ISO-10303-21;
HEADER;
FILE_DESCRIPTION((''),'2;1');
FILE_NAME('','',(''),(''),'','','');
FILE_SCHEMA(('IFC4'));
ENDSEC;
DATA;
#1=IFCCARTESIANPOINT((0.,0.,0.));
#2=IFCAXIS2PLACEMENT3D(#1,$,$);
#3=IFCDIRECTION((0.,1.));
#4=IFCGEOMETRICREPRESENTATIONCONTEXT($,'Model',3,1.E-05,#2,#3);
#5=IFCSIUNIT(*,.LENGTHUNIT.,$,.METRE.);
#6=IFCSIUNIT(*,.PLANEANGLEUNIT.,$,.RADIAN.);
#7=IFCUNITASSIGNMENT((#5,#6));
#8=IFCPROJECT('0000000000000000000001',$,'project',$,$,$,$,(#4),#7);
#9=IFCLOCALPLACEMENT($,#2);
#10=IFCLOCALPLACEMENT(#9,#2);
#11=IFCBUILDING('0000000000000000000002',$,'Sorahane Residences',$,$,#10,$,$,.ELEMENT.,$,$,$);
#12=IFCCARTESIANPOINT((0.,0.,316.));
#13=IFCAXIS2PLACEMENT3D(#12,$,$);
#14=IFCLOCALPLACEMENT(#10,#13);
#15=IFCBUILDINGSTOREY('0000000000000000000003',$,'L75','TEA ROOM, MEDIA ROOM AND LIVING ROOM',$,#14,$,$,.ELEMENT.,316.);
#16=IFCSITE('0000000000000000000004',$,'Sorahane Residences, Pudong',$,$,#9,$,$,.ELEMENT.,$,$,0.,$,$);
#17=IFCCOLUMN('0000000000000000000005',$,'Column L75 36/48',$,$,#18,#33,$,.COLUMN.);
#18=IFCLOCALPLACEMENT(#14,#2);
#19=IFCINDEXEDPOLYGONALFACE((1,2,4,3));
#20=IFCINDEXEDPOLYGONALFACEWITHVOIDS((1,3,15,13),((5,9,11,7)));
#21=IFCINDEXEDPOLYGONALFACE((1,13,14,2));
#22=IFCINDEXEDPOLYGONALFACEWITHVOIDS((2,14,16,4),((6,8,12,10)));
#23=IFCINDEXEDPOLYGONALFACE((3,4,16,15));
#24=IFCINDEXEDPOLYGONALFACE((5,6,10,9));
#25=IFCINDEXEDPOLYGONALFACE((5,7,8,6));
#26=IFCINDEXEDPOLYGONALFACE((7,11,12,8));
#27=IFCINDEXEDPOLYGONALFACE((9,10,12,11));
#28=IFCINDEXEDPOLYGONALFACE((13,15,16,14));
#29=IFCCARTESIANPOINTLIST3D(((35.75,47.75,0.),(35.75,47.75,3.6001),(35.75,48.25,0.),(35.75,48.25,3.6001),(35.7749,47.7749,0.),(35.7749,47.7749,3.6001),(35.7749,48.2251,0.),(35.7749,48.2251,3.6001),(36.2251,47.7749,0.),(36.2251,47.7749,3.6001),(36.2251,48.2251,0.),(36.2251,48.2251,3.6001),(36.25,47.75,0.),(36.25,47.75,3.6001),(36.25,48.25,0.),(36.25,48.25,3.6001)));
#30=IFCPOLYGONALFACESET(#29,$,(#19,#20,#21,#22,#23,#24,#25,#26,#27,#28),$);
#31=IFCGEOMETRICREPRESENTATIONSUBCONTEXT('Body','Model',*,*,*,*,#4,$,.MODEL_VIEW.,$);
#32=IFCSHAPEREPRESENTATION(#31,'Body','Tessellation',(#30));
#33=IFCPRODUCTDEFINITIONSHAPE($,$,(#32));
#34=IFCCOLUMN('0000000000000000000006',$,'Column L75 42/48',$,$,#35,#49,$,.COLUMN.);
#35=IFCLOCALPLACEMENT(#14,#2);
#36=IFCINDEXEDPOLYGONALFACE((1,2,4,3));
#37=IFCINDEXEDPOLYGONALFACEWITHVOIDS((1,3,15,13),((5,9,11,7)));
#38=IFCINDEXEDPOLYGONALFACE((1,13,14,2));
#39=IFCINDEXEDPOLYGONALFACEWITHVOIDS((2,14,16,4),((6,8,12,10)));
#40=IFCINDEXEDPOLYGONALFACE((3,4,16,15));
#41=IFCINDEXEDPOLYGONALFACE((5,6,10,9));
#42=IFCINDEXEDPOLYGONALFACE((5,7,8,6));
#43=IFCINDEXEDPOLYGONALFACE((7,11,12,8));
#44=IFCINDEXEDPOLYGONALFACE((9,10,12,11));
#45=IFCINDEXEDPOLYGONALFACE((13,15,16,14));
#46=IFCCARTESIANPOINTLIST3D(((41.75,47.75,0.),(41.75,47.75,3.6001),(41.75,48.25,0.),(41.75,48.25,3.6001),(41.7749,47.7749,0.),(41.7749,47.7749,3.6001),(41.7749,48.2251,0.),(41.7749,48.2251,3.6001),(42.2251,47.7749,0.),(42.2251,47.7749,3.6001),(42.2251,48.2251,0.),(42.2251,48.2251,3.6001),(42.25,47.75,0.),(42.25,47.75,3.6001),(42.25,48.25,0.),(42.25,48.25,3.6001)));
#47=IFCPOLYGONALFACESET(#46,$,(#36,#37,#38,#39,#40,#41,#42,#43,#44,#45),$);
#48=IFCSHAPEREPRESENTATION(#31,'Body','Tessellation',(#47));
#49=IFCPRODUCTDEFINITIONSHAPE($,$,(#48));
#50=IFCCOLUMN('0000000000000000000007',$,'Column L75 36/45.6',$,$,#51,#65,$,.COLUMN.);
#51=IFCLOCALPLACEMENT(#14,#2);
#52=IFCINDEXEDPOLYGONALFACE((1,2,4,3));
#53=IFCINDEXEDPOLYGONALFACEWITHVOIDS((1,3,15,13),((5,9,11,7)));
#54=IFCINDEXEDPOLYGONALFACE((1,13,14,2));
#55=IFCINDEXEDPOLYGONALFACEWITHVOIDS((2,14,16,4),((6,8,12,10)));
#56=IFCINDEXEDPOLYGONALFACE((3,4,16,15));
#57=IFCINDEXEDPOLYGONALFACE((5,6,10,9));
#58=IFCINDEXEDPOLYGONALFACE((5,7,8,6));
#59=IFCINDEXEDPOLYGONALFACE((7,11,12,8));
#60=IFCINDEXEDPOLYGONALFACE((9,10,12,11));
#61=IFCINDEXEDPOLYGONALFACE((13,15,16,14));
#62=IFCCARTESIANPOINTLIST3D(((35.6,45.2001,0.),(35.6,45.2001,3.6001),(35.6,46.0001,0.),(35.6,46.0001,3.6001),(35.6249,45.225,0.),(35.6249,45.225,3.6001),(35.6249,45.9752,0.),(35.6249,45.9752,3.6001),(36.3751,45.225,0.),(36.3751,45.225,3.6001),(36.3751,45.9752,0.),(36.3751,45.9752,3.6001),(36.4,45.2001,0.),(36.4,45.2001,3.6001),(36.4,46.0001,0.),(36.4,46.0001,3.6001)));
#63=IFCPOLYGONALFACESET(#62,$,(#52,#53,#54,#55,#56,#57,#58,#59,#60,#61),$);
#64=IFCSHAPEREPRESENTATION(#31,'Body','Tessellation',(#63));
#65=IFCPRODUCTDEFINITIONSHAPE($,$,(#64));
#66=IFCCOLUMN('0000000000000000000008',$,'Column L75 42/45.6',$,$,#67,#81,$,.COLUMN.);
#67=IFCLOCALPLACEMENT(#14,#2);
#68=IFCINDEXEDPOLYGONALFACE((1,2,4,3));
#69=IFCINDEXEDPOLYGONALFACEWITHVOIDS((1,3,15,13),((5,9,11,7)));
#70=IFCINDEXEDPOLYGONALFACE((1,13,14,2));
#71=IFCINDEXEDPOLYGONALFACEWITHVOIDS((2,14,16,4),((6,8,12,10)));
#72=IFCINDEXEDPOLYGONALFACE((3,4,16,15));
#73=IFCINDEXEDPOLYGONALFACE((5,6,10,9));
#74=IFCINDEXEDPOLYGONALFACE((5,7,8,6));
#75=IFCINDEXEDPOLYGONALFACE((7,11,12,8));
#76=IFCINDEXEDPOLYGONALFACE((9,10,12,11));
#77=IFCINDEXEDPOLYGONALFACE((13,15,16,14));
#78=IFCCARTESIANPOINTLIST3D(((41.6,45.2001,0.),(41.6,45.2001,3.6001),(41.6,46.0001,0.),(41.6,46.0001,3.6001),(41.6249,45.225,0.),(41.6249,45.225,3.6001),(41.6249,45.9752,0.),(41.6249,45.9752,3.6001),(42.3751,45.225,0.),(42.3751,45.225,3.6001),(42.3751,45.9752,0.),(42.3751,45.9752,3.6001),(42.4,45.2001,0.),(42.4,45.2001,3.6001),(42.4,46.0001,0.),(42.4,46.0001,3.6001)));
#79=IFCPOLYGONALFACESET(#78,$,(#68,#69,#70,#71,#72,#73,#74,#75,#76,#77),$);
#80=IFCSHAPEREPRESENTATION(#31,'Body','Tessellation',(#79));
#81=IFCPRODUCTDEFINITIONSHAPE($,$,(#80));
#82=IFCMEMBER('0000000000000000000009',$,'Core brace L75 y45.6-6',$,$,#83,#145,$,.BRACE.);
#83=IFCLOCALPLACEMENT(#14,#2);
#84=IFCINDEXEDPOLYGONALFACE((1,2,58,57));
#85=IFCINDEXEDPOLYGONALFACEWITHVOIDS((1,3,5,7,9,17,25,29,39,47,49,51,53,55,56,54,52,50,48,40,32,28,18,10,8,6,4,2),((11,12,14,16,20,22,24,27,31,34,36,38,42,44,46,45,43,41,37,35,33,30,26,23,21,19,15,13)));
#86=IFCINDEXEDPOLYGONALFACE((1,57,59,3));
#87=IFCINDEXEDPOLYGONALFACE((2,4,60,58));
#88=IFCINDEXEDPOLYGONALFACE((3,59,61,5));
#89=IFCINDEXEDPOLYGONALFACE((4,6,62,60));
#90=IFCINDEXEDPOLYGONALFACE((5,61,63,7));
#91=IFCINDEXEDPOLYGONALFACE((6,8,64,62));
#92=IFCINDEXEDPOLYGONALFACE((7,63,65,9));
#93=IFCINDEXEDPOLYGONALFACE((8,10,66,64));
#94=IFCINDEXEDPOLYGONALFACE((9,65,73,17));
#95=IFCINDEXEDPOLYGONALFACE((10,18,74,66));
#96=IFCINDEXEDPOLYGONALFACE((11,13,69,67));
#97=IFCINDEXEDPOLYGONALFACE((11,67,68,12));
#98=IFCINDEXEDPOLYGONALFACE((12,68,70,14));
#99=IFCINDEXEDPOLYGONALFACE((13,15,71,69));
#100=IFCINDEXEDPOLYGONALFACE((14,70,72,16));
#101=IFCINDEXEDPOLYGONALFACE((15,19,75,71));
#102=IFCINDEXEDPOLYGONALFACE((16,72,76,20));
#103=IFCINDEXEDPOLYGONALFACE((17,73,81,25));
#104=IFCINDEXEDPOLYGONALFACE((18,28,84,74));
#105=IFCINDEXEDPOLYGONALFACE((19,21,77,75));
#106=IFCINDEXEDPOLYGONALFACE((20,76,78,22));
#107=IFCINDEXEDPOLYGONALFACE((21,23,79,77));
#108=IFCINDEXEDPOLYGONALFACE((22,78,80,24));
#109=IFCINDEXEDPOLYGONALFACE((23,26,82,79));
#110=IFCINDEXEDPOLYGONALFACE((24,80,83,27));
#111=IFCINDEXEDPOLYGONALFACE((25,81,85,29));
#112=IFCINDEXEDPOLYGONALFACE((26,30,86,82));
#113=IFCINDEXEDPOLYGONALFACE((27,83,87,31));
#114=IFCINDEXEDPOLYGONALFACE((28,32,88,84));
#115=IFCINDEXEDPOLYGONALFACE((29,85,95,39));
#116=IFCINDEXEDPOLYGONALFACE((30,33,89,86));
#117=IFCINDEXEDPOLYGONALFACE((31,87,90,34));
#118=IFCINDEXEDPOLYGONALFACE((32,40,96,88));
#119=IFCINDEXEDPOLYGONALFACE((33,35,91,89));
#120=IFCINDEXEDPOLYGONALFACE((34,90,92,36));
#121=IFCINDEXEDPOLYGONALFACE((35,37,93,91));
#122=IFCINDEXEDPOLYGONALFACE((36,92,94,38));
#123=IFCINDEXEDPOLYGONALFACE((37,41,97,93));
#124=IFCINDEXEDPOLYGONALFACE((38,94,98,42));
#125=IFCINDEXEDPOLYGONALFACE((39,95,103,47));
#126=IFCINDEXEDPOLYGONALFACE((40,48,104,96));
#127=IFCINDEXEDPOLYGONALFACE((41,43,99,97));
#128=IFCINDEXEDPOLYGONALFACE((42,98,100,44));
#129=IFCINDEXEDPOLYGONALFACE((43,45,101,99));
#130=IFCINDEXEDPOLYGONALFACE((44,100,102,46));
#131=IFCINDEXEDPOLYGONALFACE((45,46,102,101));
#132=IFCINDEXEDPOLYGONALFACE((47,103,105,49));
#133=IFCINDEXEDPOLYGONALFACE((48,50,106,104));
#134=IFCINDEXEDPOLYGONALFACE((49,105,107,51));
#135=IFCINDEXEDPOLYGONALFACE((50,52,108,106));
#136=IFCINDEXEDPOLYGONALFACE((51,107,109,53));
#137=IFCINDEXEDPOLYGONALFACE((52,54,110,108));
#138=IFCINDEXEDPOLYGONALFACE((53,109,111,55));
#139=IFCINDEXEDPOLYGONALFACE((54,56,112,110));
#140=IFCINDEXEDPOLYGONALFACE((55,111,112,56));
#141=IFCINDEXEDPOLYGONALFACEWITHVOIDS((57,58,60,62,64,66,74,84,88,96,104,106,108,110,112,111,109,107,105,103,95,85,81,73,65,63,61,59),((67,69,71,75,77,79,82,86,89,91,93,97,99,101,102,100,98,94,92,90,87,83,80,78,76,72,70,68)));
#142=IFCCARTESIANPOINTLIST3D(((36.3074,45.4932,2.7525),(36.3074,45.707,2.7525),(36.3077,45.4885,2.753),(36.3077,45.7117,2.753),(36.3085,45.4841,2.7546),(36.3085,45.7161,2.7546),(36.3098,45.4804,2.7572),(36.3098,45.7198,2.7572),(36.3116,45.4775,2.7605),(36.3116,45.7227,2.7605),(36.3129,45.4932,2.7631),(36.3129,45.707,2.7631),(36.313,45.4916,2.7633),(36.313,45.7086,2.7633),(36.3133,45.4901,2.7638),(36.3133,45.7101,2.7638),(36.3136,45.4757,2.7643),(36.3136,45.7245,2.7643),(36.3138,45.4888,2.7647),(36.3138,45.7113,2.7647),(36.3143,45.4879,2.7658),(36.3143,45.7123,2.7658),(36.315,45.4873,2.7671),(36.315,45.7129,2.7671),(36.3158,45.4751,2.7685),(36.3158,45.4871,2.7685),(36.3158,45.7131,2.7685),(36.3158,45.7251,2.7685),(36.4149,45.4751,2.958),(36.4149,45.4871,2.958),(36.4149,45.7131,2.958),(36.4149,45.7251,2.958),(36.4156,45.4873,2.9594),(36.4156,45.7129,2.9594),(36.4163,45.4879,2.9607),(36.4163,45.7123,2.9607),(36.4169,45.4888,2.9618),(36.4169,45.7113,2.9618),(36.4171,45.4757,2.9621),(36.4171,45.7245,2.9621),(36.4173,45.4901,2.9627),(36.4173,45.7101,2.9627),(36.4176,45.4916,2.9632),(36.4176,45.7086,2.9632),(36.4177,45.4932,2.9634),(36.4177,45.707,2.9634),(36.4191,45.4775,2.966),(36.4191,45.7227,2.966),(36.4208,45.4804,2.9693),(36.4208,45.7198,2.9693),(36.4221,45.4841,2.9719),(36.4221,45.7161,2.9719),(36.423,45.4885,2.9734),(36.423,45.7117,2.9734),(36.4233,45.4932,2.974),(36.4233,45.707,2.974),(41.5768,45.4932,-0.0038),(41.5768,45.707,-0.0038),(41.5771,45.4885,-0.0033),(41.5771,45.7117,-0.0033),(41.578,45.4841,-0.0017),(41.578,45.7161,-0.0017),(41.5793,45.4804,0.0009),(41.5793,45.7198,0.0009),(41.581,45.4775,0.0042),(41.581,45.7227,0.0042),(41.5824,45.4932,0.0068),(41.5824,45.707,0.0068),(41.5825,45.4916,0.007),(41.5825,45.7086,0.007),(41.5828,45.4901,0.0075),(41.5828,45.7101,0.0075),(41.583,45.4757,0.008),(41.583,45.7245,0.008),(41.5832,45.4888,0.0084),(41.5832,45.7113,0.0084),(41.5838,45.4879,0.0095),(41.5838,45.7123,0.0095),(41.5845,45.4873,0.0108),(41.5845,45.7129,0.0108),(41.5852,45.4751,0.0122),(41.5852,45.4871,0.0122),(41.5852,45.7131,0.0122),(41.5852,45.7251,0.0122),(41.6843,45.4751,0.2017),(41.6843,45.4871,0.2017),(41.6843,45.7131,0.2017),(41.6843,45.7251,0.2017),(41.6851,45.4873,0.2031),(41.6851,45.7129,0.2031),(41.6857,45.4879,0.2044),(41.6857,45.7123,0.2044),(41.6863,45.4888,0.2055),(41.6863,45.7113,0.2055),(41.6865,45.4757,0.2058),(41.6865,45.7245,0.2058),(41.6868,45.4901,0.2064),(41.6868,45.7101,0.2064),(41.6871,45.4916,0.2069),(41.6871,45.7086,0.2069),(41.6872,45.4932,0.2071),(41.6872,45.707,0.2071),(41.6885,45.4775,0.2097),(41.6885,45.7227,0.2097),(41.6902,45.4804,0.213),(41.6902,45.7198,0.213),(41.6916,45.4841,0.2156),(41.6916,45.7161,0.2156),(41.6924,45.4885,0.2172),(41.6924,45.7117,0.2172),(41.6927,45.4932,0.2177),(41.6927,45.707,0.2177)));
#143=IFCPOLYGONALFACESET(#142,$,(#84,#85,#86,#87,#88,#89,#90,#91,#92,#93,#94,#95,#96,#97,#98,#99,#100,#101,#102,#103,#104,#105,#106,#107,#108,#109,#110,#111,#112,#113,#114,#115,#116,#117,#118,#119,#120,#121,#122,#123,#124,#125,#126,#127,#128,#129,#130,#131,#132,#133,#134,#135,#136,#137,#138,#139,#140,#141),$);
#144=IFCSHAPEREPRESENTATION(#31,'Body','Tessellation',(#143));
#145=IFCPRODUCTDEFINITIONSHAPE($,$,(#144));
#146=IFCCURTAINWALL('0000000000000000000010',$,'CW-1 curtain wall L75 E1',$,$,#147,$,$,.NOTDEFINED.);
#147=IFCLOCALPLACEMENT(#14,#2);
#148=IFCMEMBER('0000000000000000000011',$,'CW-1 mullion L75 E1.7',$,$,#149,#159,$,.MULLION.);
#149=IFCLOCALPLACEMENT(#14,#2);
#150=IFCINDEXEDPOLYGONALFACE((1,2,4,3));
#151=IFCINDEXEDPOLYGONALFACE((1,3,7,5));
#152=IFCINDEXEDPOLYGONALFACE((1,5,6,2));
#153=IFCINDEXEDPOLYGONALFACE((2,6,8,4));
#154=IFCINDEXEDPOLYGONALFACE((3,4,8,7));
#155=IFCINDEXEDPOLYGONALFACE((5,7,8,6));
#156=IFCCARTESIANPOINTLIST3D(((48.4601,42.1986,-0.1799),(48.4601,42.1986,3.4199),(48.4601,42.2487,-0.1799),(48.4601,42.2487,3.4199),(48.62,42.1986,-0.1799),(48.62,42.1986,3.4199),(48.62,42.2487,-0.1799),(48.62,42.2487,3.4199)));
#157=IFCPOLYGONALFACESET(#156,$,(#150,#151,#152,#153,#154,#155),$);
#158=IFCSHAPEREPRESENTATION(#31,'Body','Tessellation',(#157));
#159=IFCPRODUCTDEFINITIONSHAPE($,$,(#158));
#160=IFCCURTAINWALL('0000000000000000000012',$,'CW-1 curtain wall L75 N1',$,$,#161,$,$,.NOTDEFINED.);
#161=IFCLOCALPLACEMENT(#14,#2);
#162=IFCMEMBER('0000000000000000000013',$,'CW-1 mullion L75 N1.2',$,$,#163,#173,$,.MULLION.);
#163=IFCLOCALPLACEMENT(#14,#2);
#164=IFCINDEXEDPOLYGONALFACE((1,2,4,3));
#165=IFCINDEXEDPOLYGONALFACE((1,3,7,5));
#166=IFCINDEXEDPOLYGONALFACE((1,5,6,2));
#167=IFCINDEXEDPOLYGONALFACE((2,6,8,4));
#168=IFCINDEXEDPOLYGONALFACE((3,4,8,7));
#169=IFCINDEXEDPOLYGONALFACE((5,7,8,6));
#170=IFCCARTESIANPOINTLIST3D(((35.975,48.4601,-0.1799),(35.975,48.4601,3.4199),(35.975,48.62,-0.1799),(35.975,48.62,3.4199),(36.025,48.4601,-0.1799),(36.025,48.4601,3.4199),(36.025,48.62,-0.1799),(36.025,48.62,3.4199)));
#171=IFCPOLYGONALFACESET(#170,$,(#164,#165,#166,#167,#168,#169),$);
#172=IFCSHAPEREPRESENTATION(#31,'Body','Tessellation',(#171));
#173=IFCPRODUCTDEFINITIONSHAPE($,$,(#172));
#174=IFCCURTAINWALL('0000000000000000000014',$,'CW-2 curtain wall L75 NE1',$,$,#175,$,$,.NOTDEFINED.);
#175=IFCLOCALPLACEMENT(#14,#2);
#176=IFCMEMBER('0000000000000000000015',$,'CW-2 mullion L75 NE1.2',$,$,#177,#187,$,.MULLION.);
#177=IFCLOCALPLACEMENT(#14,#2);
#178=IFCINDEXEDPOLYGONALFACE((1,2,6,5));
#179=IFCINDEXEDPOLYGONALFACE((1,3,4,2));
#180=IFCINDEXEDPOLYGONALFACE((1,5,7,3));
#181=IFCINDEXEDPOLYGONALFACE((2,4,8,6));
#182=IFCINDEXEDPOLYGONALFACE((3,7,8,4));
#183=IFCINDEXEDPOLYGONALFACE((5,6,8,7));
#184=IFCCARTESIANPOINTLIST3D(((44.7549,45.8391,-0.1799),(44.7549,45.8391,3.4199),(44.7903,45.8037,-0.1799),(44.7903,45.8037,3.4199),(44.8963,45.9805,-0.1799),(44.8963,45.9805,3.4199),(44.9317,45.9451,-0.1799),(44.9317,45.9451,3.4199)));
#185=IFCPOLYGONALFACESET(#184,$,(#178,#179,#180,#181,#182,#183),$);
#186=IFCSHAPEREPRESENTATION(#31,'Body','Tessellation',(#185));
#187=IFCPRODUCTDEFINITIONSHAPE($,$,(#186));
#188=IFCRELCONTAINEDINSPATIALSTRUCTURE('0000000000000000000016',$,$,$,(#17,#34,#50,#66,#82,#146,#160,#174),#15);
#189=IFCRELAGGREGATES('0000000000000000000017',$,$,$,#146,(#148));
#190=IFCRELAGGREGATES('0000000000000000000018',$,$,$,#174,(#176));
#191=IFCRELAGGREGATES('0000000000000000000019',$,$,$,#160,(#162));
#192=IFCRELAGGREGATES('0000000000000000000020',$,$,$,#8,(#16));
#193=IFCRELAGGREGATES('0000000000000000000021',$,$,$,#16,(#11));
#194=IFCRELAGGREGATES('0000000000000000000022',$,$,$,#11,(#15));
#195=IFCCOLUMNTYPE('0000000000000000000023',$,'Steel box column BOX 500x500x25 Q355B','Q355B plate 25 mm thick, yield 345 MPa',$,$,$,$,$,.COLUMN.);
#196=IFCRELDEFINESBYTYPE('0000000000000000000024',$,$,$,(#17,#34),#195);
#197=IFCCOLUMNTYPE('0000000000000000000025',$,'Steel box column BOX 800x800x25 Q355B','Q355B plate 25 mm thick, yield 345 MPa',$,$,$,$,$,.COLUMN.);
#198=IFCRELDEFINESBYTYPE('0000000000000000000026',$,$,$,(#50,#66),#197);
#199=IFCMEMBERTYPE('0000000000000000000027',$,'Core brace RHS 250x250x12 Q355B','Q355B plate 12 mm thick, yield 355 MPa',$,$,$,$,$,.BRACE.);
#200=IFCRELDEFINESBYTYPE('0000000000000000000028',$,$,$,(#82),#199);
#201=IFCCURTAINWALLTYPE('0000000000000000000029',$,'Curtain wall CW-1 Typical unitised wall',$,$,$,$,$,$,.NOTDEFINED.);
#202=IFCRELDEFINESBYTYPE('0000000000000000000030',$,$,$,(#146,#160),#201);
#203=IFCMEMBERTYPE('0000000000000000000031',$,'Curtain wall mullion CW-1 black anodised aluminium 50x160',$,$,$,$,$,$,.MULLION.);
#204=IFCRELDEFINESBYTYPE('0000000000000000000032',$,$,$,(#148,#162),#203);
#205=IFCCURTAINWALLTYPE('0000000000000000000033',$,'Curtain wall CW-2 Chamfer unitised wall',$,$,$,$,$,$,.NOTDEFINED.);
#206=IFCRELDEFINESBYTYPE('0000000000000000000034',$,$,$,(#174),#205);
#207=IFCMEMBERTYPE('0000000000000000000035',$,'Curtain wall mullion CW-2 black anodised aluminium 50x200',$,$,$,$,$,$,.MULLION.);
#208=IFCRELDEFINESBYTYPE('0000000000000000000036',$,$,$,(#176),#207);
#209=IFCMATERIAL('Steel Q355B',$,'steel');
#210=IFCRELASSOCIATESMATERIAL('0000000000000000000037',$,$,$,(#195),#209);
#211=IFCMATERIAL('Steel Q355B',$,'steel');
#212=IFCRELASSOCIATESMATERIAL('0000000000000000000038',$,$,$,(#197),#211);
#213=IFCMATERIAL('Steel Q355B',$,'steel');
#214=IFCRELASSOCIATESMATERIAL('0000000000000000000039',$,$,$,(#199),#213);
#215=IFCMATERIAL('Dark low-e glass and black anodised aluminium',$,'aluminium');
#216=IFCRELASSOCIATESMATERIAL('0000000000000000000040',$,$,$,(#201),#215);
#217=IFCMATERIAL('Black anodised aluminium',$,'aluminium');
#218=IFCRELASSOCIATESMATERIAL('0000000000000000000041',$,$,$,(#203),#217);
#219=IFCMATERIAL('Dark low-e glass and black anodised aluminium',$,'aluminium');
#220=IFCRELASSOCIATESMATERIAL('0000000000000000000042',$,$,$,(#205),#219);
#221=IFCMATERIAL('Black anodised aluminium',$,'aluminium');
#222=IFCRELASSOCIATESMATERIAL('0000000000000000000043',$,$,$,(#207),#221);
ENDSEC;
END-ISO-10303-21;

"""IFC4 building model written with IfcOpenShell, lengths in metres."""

from ifc_helpers import new_model, si_unit, direction, frame, origin, origin_2d, place, context, subcontext, project, spatial, rectangle, hollow_rectangle, extrude, material, material_profile, profile_set, type_object, element, aggregate, save


model = new_model("IFC4")

# Units and contexts
model_context = context("Model", 3, precision=1e-05, world=origin(), true_north=direction((0.0, 1.0)))
body_context = subcontext(model_context, "Body", "Model", "MODEL_VIEW")
ifc_project = project(units=[si_unit("LENGTHUNIT", "METRE"), si_unit("PLANEANGLEUNIT", "RADIAN")], contexts=[model_context])

# Site, building, storey
site_placement = place(None, origin())
site = spatial("IfcSite", under=ifc_project, at=site_placement, Name="Sorahane Residences, Pudong", CompositionType="ELEMENT", RefElevation=0.0)
building_placement = place(site_placement, origin())
building = spatial("IfcBuilding", under=site, at=building_placement, Name="Sorahane Residences", CompositionType="ELEMENT")
storey_placement = place(building_placement, frame((0.0, 0.0, 316.0)))
storey = spatial("IfcBuildingStorey", under=building, at=storey_placement, Name="L75", Description="TEA ROOM, MEDIA ROOM AND LIVING ROOM", CompositionType="ELEMENT", Elevation=316.0)

# Columns
ifc_material_1 = material(Name="Steel Q355B", Category="steel")
ifc_material_profile_1 = material_profile(ifc_material_1, hollow_rectangle(XDim=0.5, YDim=0.5, WallThickness=0.0249, at=origin_2d()), Name="BOX 500x500x25")
ifc_profile_set_1 = profile_set([ifc_material_profile_1], Name="Steel Q355B")
column_type_1 = type_object("IfcColumnType", Name="Steel box column BOX 500x500x25 Q355B", Description="Q355B plate 25 mm thick, yield 345 MPa", PredefinedType="COLUMN", material=ifc_profile_set_1)
for number, where, z_axis, x_axis, name in (
    (1, (36.0, 48.0, 0.0), (0.0, 0.0, 1.0), (1.0, 0.0, 0.0), "Column L75 36/48"),
    (2, (42.0, 48.0, 0.0), (0.0, 0.0, 1.0), (1.0, 0.0, 0.0), "Column L75 42/48"),
):
    element("IfcColumn", number, at=place(storey_placement, frame(where, z_axis=z_axis, x_axis=x_axis)), inside=storey, type_object=column_type_1, Name=name, PredefinedType="COLUMN", context=body_context, shape_type="SweptSolid", body=[
        extrude(hollow_rectangle(XDim=0.5, YDim=0.5, WallThickness=0.0249, at=origin_2d()), origin(), (0.0, 0.0, 1.0), 3.6001),
    ])
ifc_material_2 = material(Name="Steel Q355B", Category="steel")
ifc_material_profile_2 = material_profile(ifc_material_2, hollow_rectangle(XDim=0.8, YDim=0.8, WallThickness=0.0249, at=origin_2d()), Name="BOX 800x800x25")
ifc_profile_set_2 = profile_set([ifc_material_profile_2], Name="Steel Q355B")
column_type_2 = type_object("IfcColumnType", Name="Steel box column BOX 800x800x25 Q355B", Description="Q355B plate 25 mm thick, yield 345 MPa", PredefinedType="COLUMN", material=ifc_profile_set_2)
for number, where, z_axis, x_axis, name in (
    (3, (36.0, 45.6001, 0.0), (0.0, 0.0, 1.0), (1.0, 0.0, 0.0), "Column L75 36/45.6"),
    (4, (42.0, 45.6001, 0.0), (0.0, 0.0, 1.0), (1.0, 0.0, 0.0), "Column L75 42/45.6"),
):
    element("IfcColumn", number, at=place(storey_placement, frame(where, z_axis=z_axis, x_axis=x_axis)), inside=storey, type_object=column_type_2, Name=name, PredefinedType="COLUMN", context=body_context, shape_type="SweptSolid", body=[
        extrude(hollow_rectangle(XDim=0.8, YDim=0.8, WallThickness=0.0249, at=origin_2d()), origin(), (0.0, 0.0, 1.0), 3.6001),
    ])

# Member
ifc_material_3 = material(Name="Steel Q355B", Category="steel")
ifc_material_profile_3 = material_profile(ifc_material_3, hollow_rectangle(XDim=0.25, YDim=0.25, WallThickness=0.012, InnerFilletRadius=0.0061, OuterFilletRadius=0.0181, at=origin_2d()), Name="RHS 250x250x12")
ifc_profile_set_3 = profile_set([ifc_material_profile_3], Name="Steel Q355B")
member_type_1 = type_object("IfcMemberType", Name="Core brace RHS 250x250x12 Q355B", Description="Q355B plate 12 mm thick, yield 355 MPa", PredefinedType="BRACE", material=ifc_profile_set_3)
member_1_placement = place(storey_placement, frame((41.6348, 45.6001, 0.1069), z_axis=(-0.8861, 0.0, 0.463495), x_axis=(0.0, -1.0, 0.0)))
element("IfcMember", 5, at=member_1_placement, inside=storey, type_object=member_type_1, Name="Core brace L75 y45.6-6", PredefinedType="BRACE", context=body_context, shape_type="SweptSolid", body=[
    extrude(hollow_rectangle(XDim=0.25, YDim=0.25, WallThickness=0.012, InnerFilletRadius=0.0061, OuterFilletRadius=0.0181, at=origin_2d()), origin(), (0.0, 0.0, 1.0), 5.9468),
])

# Curtain walls, members
ifc_material_4 = material(Name="Dark low-e glass and black anodised aluminium", Category="aluminium")
curtain_wall_type_1 = type_object("IfcCurtainWallType", Name="Curtain wall CW-1 Typical unitised wall", PredefinedType="NOTDEFINED", material=ifc_material_4)
curtain_wall_1_placement = place(storey_placement, origin())
curtain_wall_1 = element("IfcCurtainWall", 6, at=curtain_wall_1_placement, inside=storey, type_object=curtain_wall_type_1, Name="CW-1 curtain wall L75 E1", PredefinedType="NOTDEFINED")
ifc_material_5 = material(Name="Black anodised aluminium", Category="aluminium")
ifc_material_profile_4 = material_profile(ifc_material_5, rectangle(XDim=0.1599, YDim=0.05, at=origin_2d()), Name="Curtain wall mullion CW-1 black anodised aluminium 50x160")
ifc_profile_set_4 = profile_set([ifc_material_profile_4], Name="Black anodised aluminium")
member_type_2 = type_object("IfcMemberType", Name="Curtain wall mullion CW-1 black anodised aluminium 50x160", PredefinedType="MULLION", material=ifc_profile_set_4)
member_2_placement = place(storey_placement, frame((48.54, 42.2236, -0.1799), z_axis=(0.0, 0.0, 1.0), x_axis=(1.0, 0.0, 0.0)))
member_2 = element("IfcMember", 7, at=member_2_placement, type_object=member_type_2, Name="CW-1 mullion L75 E1.7", PredefinedType="MULLION", context=body_context, shape_type="SweptSolid", body=[
    extrude(rectangle(XDim=0.1599, YDim=0.05, at=origin_2d()), origin(), (0.0, 0.0, 1.0), 3.5999),
])
aggregate(curtain_wall_1, [member_2])
curtain_wall_2_placement = place(storey_placement, origin())
curtain_wall_2 = element("IfcCurtainWall", 8, at=curtain_wall_2_placement, inside=storey, type_object=curtain_wall_type_1, Name="CW-1 curtain wall L75 N1", PredefinedType="NOTDEFINED")
member_3_placement = place(storey_placement, frame((36.0, 48.54, -0.1799), z_axis=(0.0, 0.0, 1.0), x_axis=(0.0, 1.0, 0.0)))
member_3 = element("IfcMember", 9, at=member_3_placement, type_object=member_type_2, Name="CW-1 mullion L75 N1.2", PredefinedType="MULLION", context=body_context, shape_type="SweptSolid", body=[
    extrude(rectangle(XDim=0.1599, YDim=0.05, at=origin_2d()), origin(), (0.0, 0.0, 1.0), 3.5999),
])

# Curtain wall, member
ifc_material_6 = material(Name="Dark low-e glass and black anodised aluminium", Category="aluminium")
curtain_wall_type_2 = type_object("IfcCurtainWallType", Name="Curtain wall CW-2 Chamfer unitised wall", PredefinedType="NOTDEFINED", material=ifc_material_6)
curtain_wall_3_placement = place(storey_placement, origin())
curtain_wall_3 = element("IfcCurtainWall", 10, at=curtain_wall_3_placement, inside=storey, type_object=curtain_wall_type_2, Name="CW-2 curtain wall L75 NE1", PredefinedType="NOTDEFINED")
ifc_material_7 = material(Name="Black anodised aluminium", Category="aluminium")
ifc_material_profile_5 = material_profile(ifc_material_7, rectangle(XDim=0.2, YDim=0.05, at=origin_2d()), Name="Curtain wall mullion CW-2 black anodised aluminium 50x200")
ifc_profile_set_5 = profile_set([ifc_material_profile_5], Name="Black anodised aluminium")
member_type_3 = type_object("IfcMemberType", Name="Curtain wall mullion CW-2 black anodised aluminium 50x200", PredefinedType="MULLION", material=ifc_profile_set_5)
member_4_placement = place(storey_placement, frame((44.8433, 45.8921, -0.1799), z_axis=(0.0, 0.0, 1.0), x_axis=(0.707107, 0.707107, 0.0)))
member_4 = element("IfcMember", 11, at=member_4_placement, type_object=member_type_3, Name="CW-2 mullion L75 NE1.2", PredefinedType="MULLION", context=body_context, shape_type="SweptSolid", body=[
    extrude(rectangle(XDim=0.2, YDim=0.05, at=origin_2d()), origin(), (0.0, 0.0, 1.0), 3.5999),
])

aggregate(curtain_wall_3, [member_4])
aggregate(curtain_wall_2, [member_3])

save(model, "model.ifc")
